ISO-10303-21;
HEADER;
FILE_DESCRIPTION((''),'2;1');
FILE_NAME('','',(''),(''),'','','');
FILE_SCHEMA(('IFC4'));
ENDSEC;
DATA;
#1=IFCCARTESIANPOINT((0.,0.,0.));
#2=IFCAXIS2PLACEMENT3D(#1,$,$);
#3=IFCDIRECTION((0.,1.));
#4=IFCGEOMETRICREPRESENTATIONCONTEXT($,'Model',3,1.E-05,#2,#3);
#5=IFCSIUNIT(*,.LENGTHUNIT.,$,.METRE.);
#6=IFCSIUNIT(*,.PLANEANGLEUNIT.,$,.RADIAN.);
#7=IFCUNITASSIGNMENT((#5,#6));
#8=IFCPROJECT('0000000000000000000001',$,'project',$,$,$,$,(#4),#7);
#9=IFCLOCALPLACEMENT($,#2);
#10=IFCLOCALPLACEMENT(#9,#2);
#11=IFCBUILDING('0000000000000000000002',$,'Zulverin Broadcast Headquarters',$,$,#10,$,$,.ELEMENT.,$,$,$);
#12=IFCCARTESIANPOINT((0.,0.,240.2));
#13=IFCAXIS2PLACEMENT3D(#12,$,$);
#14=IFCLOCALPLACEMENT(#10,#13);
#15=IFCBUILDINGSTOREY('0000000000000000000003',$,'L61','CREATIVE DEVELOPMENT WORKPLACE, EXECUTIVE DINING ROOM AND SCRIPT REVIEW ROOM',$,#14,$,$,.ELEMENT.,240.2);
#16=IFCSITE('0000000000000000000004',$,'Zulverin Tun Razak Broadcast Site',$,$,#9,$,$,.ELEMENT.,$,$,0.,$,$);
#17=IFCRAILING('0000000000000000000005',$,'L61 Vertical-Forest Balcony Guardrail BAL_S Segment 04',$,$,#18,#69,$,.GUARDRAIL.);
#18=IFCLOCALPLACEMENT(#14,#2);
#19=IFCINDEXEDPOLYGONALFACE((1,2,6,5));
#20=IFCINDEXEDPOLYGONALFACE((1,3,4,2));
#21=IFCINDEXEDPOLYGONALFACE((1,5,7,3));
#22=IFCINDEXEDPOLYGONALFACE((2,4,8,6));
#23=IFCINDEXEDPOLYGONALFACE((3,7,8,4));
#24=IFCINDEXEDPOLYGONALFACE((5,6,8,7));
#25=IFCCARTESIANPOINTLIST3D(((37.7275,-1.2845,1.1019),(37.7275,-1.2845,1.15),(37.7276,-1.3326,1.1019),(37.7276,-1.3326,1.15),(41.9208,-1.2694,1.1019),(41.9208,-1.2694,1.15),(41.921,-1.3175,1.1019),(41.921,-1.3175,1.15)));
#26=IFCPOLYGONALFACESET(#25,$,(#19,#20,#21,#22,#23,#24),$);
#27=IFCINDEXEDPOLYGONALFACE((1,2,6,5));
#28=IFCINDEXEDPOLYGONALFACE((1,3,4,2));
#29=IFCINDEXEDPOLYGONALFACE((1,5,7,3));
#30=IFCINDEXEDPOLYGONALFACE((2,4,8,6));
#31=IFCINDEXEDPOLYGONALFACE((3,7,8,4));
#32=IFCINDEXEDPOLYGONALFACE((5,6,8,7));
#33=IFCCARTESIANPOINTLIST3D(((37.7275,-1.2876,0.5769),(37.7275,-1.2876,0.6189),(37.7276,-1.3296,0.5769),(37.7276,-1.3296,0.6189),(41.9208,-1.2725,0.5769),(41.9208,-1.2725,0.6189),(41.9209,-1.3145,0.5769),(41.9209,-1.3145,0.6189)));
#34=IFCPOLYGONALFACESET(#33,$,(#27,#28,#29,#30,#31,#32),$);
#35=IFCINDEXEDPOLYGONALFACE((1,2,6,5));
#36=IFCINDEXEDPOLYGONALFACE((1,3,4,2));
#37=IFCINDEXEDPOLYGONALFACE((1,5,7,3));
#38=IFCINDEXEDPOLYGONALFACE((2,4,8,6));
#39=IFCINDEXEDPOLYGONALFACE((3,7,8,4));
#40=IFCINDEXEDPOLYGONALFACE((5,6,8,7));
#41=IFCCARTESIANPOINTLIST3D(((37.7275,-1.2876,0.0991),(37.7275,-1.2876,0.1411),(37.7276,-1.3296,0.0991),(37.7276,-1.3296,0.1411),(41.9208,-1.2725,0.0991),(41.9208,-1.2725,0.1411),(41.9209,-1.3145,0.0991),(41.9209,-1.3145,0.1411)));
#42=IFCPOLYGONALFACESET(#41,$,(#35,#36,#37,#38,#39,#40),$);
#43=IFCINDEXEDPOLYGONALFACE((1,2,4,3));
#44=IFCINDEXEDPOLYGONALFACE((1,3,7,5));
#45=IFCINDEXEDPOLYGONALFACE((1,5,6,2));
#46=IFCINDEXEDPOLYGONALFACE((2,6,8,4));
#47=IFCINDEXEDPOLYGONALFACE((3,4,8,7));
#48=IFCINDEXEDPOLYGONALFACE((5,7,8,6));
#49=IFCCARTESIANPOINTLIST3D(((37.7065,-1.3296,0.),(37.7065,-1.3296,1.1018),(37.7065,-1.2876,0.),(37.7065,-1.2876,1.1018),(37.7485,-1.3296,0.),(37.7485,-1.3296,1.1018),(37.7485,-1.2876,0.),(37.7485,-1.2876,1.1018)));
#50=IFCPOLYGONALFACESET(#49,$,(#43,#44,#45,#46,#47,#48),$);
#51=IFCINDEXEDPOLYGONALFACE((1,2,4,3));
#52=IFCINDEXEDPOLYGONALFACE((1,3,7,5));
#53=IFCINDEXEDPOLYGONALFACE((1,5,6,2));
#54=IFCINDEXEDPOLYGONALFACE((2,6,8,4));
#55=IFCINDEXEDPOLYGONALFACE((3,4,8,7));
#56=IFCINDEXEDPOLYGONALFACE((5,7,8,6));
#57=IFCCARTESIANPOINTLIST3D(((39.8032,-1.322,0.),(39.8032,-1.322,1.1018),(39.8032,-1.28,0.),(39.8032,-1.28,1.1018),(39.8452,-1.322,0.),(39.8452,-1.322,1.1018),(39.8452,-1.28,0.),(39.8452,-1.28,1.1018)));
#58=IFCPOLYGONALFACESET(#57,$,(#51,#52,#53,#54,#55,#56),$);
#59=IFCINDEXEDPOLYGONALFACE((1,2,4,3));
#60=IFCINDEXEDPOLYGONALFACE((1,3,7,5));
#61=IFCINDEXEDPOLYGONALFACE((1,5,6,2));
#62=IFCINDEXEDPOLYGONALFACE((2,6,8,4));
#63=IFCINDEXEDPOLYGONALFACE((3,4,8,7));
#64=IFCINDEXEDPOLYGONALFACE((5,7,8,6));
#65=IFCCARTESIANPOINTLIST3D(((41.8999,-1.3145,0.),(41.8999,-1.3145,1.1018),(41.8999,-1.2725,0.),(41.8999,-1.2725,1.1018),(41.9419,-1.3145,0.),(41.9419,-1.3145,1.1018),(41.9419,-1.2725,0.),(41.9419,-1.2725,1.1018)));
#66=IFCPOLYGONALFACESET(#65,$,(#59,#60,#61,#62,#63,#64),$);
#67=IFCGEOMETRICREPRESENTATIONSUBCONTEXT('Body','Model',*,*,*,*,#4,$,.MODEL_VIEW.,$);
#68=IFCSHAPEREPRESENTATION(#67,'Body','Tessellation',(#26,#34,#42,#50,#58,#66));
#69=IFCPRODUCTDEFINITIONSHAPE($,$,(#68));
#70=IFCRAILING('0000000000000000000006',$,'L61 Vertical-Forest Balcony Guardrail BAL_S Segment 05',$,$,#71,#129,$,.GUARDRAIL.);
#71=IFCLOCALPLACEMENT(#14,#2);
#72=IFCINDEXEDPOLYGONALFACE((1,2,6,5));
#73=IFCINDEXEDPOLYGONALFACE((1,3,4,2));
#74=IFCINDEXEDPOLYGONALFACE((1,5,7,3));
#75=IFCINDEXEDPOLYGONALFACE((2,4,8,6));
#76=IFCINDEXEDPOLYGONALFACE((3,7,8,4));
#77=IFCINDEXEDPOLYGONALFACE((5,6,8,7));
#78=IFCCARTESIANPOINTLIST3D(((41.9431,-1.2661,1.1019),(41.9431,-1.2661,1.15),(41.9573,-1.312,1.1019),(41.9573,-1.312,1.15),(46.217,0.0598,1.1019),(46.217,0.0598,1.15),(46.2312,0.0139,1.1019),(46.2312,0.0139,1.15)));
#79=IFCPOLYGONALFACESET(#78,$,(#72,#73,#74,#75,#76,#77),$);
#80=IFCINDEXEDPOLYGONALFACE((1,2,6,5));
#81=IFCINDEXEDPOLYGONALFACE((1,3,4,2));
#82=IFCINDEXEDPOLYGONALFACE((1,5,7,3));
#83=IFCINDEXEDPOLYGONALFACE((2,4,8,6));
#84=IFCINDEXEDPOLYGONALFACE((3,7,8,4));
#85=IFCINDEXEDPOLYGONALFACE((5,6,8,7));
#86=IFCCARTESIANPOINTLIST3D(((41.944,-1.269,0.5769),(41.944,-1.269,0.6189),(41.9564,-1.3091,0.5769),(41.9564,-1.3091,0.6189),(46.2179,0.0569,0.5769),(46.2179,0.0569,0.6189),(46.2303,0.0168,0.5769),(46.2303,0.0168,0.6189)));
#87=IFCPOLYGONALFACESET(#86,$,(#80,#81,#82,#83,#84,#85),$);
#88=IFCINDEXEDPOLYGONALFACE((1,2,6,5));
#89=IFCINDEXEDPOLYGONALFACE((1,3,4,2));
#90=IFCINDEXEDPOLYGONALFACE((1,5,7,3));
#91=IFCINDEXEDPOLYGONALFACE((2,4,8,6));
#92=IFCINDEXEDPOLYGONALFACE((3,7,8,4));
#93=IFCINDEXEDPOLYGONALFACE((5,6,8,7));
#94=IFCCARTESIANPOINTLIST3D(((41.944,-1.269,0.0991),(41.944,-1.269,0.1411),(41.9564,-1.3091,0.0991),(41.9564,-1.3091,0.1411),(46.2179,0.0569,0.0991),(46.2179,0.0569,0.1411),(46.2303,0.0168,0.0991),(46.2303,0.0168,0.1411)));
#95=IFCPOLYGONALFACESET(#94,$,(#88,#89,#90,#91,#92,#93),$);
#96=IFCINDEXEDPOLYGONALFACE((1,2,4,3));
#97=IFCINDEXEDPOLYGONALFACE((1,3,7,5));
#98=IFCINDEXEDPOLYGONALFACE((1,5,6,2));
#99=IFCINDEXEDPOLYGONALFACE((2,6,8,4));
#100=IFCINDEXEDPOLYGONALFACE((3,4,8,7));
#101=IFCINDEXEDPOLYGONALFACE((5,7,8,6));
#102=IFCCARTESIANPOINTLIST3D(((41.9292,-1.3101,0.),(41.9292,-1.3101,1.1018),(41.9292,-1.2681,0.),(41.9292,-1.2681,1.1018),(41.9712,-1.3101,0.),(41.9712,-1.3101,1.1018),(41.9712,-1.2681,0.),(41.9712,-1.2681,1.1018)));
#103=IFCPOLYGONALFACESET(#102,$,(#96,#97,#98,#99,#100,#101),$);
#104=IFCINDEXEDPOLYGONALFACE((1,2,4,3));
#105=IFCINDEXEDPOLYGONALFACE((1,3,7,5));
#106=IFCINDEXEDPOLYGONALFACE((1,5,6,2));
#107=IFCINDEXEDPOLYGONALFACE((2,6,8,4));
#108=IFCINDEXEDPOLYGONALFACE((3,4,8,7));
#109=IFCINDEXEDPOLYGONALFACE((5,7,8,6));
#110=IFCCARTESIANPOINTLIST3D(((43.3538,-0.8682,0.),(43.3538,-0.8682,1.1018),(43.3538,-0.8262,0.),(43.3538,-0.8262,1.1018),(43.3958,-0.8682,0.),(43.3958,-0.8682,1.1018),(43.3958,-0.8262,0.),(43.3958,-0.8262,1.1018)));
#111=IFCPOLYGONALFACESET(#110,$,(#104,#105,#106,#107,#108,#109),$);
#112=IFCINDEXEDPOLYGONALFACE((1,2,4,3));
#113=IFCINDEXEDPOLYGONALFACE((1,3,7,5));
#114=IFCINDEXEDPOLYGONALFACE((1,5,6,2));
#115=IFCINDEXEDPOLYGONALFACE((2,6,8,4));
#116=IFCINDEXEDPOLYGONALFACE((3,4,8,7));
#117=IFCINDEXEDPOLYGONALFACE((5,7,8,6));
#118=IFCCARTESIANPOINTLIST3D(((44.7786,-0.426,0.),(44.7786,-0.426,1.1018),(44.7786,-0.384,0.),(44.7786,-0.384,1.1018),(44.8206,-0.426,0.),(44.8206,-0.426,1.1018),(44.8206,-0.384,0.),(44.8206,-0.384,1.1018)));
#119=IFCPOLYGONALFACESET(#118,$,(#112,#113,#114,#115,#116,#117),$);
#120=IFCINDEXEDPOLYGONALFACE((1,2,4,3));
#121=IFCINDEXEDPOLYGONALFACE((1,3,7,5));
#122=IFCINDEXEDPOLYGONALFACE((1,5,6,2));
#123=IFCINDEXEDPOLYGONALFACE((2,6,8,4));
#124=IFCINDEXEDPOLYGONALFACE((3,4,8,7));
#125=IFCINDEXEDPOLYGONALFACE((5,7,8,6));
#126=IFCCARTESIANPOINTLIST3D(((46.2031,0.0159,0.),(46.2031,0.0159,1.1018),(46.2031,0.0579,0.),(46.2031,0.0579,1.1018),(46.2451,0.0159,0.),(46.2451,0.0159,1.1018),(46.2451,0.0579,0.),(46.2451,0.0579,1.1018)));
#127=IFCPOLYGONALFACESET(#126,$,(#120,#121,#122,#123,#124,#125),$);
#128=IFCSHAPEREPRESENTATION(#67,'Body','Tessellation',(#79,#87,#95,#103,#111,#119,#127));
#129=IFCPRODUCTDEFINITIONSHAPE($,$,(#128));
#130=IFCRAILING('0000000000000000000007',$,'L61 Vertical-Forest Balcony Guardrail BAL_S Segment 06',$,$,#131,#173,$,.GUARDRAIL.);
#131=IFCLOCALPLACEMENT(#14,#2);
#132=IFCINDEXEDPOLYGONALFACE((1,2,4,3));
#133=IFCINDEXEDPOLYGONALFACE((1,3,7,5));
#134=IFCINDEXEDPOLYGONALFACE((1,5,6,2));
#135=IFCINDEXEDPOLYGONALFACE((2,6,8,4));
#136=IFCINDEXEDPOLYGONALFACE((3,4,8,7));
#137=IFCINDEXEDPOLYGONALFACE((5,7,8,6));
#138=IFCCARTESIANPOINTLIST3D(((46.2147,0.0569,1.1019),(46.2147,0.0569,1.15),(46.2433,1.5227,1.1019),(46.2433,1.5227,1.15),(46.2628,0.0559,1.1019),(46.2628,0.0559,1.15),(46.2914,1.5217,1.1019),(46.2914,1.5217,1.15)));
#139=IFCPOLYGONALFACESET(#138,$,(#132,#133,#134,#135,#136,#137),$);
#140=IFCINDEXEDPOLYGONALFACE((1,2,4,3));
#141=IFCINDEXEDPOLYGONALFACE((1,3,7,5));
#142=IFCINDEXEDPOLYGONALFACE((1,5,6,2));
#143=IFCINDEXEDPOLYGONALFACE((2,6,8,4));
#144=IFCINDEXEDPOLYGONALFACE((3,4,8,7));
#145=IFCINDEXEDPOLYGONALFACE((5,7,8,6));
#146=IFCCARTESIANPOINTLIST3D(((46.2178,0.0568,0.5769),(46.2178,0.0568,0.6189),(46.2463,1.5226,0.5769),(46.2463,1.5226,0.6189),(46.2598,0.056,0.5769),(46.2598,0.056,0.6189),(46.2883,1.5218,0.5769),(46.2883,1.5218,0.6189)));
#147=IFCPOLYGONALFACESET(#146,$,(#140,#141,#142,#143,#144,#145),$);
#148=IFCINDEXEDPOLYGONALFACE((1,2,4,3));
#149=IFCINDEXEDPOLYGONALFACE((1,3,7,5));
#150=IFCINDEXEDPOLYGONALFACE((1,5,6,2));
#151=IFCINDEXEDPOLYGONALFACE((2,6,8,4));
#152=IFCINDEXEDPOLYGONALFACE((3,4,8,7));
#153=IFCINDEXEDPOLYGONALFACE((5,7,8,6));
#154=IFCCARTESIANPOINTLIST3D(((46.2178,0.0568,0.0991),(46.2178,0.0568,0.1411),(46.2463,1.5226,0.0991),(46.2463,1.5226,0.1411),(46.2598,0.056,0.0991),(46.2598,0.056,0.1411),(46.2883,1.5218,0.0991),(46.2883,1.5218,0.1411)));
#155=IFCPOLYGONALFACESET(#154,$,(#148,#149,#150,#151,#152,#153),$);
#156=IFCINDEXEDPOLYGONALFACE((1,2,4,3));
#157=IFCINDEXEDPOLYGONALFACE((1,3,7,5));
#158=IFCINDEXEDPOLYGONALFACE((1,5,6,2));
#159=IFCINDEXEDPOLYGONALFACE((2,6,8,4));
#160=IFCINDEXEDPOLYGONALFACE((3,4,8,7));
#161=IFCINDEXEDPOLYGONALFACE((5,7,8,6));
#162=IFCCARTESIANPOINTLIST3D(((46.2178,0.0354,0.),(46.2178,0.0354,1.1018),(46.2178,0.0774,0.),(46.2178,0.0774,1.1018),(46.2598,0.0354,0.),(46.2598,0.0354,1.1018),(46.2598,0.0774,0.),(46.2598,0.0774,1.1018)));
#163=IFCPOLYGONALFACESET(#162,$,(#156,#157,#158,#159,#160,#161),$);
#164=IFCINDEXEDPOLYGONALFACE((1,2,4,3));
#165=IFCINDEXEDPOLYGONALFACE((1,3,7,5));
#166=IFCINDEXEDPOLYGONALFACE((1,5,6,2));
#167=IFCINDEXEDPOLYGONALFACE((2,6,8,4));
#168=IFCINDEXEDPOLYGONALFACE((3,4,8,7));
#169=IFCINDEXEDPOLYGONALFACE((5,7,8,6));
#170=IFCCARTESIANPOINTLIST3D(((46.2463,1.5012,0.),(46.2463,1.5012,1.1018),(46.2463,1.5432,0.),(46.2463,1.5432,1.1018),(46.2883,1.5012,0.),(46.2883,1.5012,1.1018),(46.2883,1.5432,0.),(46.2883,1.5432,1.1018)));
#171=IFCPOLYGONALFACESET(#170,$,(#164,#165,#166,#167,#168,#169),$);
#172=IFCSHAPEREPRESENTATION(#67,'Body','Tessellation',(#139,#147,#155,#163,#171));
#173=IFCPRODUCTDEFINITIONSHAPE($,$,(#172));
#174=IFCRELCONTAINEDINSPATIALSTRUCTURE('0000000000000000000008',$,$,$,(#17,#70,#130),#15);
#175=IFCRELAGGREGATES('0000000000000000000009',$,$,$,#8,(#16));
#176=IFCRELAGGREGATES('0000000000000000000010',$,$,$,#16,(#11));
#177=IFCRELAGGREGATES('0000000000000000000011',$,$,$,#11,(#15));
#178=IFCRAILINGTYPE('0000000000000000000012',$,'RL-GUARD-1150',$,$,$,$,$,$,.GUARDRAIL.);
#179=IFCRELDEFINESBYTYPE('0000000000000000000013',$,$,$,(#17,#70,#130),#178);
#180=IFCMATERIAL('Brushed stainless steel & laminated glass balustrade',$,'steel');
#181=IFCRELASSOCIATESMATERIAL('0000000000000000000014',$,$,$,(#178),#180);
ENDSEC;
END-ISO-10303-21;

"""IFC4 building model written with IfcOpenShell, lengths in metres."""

from ifc_helpers import new_model, si_unit, direction, frame, origin, origin_2d, place, context, subcontext, project, spatial, rectangle, extrude, material, type_object, element, save


model = new_model("IFC4")

# Units and contexts
model_context = context("Model", 3, precision=1e-05, world=origin(), true_north=direction((0.0, 1.0)))
body_context = subcontext(model_context, "Body", "Model", "MODEL_VIEW")
ifc_project = project(units=[si_unit("LENGTHUNIT", "METRE"), si_unit("PLANEANGLEUNIT", "RADIAN")], contexts=[model_context])

# Site, building, storey
site_placement = place(None, origin())
site = spatial("IfcSite", under=ifc_project, at=site_placement, Name="Zulverin Tun Razak Broadcast Site", CompositionType="ELEMENT", RefElevation=0.0)
building_placement = place(site_placement, origin())
building = spatial("IfcBuilding", under=site, at=building_placement, Name="Zulverin Broadcast Headquarters", CompositionType="ELEMENT")
storey_placement = place(building_placement, frame((0.0, 0.0, 240.2)))
storey = spatial("IfcBuildingStorey", under=building, at=storey_placement, Name="L61", Description="CREATIVE DEVELOPMENT WORKPLACE, EXECUTIVE DINING ROOM AND SCRIPT REVIEW ROOM", CompositionType="ELEMENT", Elevation=240.2)

# Railings
ifc_material_1 = material(Name="Brushed stainless steel & laminated glass balustrade", Category="steel")
railing_type_1 = type_object("IfcRailingType", Name="RL-GUARD-1150", PredefinedType="GUARDRAIL", material=ifc_material_1)
railing_1_placement = place(storey_placement, frame((37.7275, -1.3086, 0.0)))
element("IfcRailing", 1, at=railing_1_placement, inside=storey, type_object=railing_type_1, Name="L61 Vertical-Forest Balcony Guardrail BAL_S Segment 04", PredefinedType="GUARDRAIL", context=body_context, shape_type="SweptSolid", body=[
    extrude(rectangle(XDim=0.0481, YDim=0.0481, at=origin_2d()), frame((0.0, 0.0, 1.126), z_axis=(0.999993, 0.00361, 0.0), x_axis=(-0.00361, 0.999993, 0.0)), (0.0, 0.0, 1.0), 4.1934),
    extrude(rectangle(XDim=0.042, YDim=0.042, at=origin_2d()), frame((0.0, 0.0, 0.5979), z_axis=(0.999993, 0.00361, 0.0), x_axis=(-0.00361, 0.999993, 0.0)), (0.0, 0.0, 1.0), 4.1934),
    extrude(rectangle(XDim=0.042, YDim=0.042, at=origin_2d()), frame((0.0, 0.0, 0.1201), z_axis=(0.999993, 0.00361, 0.0), x_axis=(-0.00361, 0.999993, 0.0)), (0.0, 0.0, 1.0), 4.1934),
    extrude(rectangle(XDim=0.042, YDim=0.042, at=origin_2d()), origin(), (0.0, 0.0, 1.0), 1.1018),
    extrude(rectangle(XDim=0.042, YDim=0.042, at=origin_2d()), frame((2.0967, 0.0076, 0.0)), (0.0, 0.0, 1.0), 1.1018),
    extrude(rectangle(XDim=0.042, YDim=0.042, at=origin_2d()), frame((4.1934, 0.0151, 0.0)), (0.0, 0.0, 1.0), 1.1018),
])
railing_2_placement = place(storey_placement, frame((41.9502, -1.2891, 0.0)))
element("IfcRailing", 2, at=railing_2_placement, inside=storey, type_object=railing_type_1, Name="L61 Vertical-Forest Balcony Guardrail BAL_S Segment 05", PredefinedType="GUARDRAIL", context=body_context, shape_type="SweptSolid", body=[
    extrude(rectangle(XDim=0.0481, YDim=0.0481, at=origin_2d()), frame((0.0, 0.0, 1.126), z_axis=(0.955093, 0.296305, 0.0), x_axis=(-0.296305, 0.955093, 0.0)), (0.0, 0.0, 1.0), 4.4749),
    extrude(rectangle(XDim=0.042, YDim=0.042, at=origin_2d()), frame((0.0, 0.0, 0.5979), z_axis=(0.955093, 0.296305, 0.0), x_axis=(-0.296305, 0.955093, 0.0)), (0.0, 0.0, 1.0), 4.4749),
    extrude(rectangle(XDim=0.042, YDim=0.042, at=origin_2d()), frame((0.0, 0.0, 0.1201), z_axis=(0.955093, 0.296305, 0.0), x_axis=(-0.296305, 0.955093, 0.0)), (0.0, 0.0, 1.0), 4.4749),
    extrude(rectangle(XDim=0.042, YDim=0.042, at=origin_2d()), origin(), (0.0, 0.0, 1.0), 1.1018),
    extrude(rectangle(XDim=0.042, YDim=0.042, at=origin_2d()), frame((1.4246, 0.4419, 0.0)), (0.0, 0.0, 1.0), 1.1018),
    extrude(rectangle(XDim=0.042, YDim=0.042, at=origin_2d()), frame((2.8494, 0.884, 0.0)), (0.0, 0.0, 1.0), 1.1018),
    extrude(rectangle(XDim=0.042, YDim=0.042, at=origin_2d()), frame((4.2739, 1.3259, 0.0)), (0.0, 0.0, 1.0), 1.1018),
])
railing_3_placement = place(storey_placement, frame((46.2388, 0.0564, 0.0)))
element("IfcRailing", 3, at=railing_3_placement, inside=storey, type_object=railing_type_1, Name="L61 Vertical-Forest Balcony Guardrail BAL_S Segment 06", PredefinedType="GUARDRAIL", context=body_context, shape_type="SweptSolid", body=[
    extrude(rectangle(XDim=0.0481, YDim=0.0481, at=origin_2d()), frame((0.0, 0.0, 1.126), z_axis=(0.019483, 0.99981, 0.0), x_axis=(-0.99981, 0.019483, 0.0)), (0.0, 0.0, 1.0), 1.4661),
    extrude(rectangle(XDim=0.042, YDim=0.042, at=origin_2d()), frame((0.0, 0.0, 0.5979), z_axis=(0.019483, 0.99981, 0.0), x_axis=(-0.99981, 0.019483, 0.0)), (0.0, 0.0, 1.0), 1.4661),
    extrude(rectangle(XDim=0.042, YDim=0.042, at=origin_2d()), frame((0.0, 0.0, 0.1201), z_axis=(0.019483, 0.99981, 0.0), x_axis=(-0.99981, 0.019483, 0.0)), (0.0, 0.0, 1.0), 1.4661),
    extrude(rectangle(XDim=0.042, YDim=0.042, at=origin_2d()), origin(), (0.0, 0.0, 1.0), 1.1018),
    extrude(rectangle(XDim=0.042, YDim=0.042, at=origin_2d()), frame((0.0286, 1.4658, 0.0)), (0.0, 0.0, 1.0), 1.1018),
])

save(model, "model.ifc")
